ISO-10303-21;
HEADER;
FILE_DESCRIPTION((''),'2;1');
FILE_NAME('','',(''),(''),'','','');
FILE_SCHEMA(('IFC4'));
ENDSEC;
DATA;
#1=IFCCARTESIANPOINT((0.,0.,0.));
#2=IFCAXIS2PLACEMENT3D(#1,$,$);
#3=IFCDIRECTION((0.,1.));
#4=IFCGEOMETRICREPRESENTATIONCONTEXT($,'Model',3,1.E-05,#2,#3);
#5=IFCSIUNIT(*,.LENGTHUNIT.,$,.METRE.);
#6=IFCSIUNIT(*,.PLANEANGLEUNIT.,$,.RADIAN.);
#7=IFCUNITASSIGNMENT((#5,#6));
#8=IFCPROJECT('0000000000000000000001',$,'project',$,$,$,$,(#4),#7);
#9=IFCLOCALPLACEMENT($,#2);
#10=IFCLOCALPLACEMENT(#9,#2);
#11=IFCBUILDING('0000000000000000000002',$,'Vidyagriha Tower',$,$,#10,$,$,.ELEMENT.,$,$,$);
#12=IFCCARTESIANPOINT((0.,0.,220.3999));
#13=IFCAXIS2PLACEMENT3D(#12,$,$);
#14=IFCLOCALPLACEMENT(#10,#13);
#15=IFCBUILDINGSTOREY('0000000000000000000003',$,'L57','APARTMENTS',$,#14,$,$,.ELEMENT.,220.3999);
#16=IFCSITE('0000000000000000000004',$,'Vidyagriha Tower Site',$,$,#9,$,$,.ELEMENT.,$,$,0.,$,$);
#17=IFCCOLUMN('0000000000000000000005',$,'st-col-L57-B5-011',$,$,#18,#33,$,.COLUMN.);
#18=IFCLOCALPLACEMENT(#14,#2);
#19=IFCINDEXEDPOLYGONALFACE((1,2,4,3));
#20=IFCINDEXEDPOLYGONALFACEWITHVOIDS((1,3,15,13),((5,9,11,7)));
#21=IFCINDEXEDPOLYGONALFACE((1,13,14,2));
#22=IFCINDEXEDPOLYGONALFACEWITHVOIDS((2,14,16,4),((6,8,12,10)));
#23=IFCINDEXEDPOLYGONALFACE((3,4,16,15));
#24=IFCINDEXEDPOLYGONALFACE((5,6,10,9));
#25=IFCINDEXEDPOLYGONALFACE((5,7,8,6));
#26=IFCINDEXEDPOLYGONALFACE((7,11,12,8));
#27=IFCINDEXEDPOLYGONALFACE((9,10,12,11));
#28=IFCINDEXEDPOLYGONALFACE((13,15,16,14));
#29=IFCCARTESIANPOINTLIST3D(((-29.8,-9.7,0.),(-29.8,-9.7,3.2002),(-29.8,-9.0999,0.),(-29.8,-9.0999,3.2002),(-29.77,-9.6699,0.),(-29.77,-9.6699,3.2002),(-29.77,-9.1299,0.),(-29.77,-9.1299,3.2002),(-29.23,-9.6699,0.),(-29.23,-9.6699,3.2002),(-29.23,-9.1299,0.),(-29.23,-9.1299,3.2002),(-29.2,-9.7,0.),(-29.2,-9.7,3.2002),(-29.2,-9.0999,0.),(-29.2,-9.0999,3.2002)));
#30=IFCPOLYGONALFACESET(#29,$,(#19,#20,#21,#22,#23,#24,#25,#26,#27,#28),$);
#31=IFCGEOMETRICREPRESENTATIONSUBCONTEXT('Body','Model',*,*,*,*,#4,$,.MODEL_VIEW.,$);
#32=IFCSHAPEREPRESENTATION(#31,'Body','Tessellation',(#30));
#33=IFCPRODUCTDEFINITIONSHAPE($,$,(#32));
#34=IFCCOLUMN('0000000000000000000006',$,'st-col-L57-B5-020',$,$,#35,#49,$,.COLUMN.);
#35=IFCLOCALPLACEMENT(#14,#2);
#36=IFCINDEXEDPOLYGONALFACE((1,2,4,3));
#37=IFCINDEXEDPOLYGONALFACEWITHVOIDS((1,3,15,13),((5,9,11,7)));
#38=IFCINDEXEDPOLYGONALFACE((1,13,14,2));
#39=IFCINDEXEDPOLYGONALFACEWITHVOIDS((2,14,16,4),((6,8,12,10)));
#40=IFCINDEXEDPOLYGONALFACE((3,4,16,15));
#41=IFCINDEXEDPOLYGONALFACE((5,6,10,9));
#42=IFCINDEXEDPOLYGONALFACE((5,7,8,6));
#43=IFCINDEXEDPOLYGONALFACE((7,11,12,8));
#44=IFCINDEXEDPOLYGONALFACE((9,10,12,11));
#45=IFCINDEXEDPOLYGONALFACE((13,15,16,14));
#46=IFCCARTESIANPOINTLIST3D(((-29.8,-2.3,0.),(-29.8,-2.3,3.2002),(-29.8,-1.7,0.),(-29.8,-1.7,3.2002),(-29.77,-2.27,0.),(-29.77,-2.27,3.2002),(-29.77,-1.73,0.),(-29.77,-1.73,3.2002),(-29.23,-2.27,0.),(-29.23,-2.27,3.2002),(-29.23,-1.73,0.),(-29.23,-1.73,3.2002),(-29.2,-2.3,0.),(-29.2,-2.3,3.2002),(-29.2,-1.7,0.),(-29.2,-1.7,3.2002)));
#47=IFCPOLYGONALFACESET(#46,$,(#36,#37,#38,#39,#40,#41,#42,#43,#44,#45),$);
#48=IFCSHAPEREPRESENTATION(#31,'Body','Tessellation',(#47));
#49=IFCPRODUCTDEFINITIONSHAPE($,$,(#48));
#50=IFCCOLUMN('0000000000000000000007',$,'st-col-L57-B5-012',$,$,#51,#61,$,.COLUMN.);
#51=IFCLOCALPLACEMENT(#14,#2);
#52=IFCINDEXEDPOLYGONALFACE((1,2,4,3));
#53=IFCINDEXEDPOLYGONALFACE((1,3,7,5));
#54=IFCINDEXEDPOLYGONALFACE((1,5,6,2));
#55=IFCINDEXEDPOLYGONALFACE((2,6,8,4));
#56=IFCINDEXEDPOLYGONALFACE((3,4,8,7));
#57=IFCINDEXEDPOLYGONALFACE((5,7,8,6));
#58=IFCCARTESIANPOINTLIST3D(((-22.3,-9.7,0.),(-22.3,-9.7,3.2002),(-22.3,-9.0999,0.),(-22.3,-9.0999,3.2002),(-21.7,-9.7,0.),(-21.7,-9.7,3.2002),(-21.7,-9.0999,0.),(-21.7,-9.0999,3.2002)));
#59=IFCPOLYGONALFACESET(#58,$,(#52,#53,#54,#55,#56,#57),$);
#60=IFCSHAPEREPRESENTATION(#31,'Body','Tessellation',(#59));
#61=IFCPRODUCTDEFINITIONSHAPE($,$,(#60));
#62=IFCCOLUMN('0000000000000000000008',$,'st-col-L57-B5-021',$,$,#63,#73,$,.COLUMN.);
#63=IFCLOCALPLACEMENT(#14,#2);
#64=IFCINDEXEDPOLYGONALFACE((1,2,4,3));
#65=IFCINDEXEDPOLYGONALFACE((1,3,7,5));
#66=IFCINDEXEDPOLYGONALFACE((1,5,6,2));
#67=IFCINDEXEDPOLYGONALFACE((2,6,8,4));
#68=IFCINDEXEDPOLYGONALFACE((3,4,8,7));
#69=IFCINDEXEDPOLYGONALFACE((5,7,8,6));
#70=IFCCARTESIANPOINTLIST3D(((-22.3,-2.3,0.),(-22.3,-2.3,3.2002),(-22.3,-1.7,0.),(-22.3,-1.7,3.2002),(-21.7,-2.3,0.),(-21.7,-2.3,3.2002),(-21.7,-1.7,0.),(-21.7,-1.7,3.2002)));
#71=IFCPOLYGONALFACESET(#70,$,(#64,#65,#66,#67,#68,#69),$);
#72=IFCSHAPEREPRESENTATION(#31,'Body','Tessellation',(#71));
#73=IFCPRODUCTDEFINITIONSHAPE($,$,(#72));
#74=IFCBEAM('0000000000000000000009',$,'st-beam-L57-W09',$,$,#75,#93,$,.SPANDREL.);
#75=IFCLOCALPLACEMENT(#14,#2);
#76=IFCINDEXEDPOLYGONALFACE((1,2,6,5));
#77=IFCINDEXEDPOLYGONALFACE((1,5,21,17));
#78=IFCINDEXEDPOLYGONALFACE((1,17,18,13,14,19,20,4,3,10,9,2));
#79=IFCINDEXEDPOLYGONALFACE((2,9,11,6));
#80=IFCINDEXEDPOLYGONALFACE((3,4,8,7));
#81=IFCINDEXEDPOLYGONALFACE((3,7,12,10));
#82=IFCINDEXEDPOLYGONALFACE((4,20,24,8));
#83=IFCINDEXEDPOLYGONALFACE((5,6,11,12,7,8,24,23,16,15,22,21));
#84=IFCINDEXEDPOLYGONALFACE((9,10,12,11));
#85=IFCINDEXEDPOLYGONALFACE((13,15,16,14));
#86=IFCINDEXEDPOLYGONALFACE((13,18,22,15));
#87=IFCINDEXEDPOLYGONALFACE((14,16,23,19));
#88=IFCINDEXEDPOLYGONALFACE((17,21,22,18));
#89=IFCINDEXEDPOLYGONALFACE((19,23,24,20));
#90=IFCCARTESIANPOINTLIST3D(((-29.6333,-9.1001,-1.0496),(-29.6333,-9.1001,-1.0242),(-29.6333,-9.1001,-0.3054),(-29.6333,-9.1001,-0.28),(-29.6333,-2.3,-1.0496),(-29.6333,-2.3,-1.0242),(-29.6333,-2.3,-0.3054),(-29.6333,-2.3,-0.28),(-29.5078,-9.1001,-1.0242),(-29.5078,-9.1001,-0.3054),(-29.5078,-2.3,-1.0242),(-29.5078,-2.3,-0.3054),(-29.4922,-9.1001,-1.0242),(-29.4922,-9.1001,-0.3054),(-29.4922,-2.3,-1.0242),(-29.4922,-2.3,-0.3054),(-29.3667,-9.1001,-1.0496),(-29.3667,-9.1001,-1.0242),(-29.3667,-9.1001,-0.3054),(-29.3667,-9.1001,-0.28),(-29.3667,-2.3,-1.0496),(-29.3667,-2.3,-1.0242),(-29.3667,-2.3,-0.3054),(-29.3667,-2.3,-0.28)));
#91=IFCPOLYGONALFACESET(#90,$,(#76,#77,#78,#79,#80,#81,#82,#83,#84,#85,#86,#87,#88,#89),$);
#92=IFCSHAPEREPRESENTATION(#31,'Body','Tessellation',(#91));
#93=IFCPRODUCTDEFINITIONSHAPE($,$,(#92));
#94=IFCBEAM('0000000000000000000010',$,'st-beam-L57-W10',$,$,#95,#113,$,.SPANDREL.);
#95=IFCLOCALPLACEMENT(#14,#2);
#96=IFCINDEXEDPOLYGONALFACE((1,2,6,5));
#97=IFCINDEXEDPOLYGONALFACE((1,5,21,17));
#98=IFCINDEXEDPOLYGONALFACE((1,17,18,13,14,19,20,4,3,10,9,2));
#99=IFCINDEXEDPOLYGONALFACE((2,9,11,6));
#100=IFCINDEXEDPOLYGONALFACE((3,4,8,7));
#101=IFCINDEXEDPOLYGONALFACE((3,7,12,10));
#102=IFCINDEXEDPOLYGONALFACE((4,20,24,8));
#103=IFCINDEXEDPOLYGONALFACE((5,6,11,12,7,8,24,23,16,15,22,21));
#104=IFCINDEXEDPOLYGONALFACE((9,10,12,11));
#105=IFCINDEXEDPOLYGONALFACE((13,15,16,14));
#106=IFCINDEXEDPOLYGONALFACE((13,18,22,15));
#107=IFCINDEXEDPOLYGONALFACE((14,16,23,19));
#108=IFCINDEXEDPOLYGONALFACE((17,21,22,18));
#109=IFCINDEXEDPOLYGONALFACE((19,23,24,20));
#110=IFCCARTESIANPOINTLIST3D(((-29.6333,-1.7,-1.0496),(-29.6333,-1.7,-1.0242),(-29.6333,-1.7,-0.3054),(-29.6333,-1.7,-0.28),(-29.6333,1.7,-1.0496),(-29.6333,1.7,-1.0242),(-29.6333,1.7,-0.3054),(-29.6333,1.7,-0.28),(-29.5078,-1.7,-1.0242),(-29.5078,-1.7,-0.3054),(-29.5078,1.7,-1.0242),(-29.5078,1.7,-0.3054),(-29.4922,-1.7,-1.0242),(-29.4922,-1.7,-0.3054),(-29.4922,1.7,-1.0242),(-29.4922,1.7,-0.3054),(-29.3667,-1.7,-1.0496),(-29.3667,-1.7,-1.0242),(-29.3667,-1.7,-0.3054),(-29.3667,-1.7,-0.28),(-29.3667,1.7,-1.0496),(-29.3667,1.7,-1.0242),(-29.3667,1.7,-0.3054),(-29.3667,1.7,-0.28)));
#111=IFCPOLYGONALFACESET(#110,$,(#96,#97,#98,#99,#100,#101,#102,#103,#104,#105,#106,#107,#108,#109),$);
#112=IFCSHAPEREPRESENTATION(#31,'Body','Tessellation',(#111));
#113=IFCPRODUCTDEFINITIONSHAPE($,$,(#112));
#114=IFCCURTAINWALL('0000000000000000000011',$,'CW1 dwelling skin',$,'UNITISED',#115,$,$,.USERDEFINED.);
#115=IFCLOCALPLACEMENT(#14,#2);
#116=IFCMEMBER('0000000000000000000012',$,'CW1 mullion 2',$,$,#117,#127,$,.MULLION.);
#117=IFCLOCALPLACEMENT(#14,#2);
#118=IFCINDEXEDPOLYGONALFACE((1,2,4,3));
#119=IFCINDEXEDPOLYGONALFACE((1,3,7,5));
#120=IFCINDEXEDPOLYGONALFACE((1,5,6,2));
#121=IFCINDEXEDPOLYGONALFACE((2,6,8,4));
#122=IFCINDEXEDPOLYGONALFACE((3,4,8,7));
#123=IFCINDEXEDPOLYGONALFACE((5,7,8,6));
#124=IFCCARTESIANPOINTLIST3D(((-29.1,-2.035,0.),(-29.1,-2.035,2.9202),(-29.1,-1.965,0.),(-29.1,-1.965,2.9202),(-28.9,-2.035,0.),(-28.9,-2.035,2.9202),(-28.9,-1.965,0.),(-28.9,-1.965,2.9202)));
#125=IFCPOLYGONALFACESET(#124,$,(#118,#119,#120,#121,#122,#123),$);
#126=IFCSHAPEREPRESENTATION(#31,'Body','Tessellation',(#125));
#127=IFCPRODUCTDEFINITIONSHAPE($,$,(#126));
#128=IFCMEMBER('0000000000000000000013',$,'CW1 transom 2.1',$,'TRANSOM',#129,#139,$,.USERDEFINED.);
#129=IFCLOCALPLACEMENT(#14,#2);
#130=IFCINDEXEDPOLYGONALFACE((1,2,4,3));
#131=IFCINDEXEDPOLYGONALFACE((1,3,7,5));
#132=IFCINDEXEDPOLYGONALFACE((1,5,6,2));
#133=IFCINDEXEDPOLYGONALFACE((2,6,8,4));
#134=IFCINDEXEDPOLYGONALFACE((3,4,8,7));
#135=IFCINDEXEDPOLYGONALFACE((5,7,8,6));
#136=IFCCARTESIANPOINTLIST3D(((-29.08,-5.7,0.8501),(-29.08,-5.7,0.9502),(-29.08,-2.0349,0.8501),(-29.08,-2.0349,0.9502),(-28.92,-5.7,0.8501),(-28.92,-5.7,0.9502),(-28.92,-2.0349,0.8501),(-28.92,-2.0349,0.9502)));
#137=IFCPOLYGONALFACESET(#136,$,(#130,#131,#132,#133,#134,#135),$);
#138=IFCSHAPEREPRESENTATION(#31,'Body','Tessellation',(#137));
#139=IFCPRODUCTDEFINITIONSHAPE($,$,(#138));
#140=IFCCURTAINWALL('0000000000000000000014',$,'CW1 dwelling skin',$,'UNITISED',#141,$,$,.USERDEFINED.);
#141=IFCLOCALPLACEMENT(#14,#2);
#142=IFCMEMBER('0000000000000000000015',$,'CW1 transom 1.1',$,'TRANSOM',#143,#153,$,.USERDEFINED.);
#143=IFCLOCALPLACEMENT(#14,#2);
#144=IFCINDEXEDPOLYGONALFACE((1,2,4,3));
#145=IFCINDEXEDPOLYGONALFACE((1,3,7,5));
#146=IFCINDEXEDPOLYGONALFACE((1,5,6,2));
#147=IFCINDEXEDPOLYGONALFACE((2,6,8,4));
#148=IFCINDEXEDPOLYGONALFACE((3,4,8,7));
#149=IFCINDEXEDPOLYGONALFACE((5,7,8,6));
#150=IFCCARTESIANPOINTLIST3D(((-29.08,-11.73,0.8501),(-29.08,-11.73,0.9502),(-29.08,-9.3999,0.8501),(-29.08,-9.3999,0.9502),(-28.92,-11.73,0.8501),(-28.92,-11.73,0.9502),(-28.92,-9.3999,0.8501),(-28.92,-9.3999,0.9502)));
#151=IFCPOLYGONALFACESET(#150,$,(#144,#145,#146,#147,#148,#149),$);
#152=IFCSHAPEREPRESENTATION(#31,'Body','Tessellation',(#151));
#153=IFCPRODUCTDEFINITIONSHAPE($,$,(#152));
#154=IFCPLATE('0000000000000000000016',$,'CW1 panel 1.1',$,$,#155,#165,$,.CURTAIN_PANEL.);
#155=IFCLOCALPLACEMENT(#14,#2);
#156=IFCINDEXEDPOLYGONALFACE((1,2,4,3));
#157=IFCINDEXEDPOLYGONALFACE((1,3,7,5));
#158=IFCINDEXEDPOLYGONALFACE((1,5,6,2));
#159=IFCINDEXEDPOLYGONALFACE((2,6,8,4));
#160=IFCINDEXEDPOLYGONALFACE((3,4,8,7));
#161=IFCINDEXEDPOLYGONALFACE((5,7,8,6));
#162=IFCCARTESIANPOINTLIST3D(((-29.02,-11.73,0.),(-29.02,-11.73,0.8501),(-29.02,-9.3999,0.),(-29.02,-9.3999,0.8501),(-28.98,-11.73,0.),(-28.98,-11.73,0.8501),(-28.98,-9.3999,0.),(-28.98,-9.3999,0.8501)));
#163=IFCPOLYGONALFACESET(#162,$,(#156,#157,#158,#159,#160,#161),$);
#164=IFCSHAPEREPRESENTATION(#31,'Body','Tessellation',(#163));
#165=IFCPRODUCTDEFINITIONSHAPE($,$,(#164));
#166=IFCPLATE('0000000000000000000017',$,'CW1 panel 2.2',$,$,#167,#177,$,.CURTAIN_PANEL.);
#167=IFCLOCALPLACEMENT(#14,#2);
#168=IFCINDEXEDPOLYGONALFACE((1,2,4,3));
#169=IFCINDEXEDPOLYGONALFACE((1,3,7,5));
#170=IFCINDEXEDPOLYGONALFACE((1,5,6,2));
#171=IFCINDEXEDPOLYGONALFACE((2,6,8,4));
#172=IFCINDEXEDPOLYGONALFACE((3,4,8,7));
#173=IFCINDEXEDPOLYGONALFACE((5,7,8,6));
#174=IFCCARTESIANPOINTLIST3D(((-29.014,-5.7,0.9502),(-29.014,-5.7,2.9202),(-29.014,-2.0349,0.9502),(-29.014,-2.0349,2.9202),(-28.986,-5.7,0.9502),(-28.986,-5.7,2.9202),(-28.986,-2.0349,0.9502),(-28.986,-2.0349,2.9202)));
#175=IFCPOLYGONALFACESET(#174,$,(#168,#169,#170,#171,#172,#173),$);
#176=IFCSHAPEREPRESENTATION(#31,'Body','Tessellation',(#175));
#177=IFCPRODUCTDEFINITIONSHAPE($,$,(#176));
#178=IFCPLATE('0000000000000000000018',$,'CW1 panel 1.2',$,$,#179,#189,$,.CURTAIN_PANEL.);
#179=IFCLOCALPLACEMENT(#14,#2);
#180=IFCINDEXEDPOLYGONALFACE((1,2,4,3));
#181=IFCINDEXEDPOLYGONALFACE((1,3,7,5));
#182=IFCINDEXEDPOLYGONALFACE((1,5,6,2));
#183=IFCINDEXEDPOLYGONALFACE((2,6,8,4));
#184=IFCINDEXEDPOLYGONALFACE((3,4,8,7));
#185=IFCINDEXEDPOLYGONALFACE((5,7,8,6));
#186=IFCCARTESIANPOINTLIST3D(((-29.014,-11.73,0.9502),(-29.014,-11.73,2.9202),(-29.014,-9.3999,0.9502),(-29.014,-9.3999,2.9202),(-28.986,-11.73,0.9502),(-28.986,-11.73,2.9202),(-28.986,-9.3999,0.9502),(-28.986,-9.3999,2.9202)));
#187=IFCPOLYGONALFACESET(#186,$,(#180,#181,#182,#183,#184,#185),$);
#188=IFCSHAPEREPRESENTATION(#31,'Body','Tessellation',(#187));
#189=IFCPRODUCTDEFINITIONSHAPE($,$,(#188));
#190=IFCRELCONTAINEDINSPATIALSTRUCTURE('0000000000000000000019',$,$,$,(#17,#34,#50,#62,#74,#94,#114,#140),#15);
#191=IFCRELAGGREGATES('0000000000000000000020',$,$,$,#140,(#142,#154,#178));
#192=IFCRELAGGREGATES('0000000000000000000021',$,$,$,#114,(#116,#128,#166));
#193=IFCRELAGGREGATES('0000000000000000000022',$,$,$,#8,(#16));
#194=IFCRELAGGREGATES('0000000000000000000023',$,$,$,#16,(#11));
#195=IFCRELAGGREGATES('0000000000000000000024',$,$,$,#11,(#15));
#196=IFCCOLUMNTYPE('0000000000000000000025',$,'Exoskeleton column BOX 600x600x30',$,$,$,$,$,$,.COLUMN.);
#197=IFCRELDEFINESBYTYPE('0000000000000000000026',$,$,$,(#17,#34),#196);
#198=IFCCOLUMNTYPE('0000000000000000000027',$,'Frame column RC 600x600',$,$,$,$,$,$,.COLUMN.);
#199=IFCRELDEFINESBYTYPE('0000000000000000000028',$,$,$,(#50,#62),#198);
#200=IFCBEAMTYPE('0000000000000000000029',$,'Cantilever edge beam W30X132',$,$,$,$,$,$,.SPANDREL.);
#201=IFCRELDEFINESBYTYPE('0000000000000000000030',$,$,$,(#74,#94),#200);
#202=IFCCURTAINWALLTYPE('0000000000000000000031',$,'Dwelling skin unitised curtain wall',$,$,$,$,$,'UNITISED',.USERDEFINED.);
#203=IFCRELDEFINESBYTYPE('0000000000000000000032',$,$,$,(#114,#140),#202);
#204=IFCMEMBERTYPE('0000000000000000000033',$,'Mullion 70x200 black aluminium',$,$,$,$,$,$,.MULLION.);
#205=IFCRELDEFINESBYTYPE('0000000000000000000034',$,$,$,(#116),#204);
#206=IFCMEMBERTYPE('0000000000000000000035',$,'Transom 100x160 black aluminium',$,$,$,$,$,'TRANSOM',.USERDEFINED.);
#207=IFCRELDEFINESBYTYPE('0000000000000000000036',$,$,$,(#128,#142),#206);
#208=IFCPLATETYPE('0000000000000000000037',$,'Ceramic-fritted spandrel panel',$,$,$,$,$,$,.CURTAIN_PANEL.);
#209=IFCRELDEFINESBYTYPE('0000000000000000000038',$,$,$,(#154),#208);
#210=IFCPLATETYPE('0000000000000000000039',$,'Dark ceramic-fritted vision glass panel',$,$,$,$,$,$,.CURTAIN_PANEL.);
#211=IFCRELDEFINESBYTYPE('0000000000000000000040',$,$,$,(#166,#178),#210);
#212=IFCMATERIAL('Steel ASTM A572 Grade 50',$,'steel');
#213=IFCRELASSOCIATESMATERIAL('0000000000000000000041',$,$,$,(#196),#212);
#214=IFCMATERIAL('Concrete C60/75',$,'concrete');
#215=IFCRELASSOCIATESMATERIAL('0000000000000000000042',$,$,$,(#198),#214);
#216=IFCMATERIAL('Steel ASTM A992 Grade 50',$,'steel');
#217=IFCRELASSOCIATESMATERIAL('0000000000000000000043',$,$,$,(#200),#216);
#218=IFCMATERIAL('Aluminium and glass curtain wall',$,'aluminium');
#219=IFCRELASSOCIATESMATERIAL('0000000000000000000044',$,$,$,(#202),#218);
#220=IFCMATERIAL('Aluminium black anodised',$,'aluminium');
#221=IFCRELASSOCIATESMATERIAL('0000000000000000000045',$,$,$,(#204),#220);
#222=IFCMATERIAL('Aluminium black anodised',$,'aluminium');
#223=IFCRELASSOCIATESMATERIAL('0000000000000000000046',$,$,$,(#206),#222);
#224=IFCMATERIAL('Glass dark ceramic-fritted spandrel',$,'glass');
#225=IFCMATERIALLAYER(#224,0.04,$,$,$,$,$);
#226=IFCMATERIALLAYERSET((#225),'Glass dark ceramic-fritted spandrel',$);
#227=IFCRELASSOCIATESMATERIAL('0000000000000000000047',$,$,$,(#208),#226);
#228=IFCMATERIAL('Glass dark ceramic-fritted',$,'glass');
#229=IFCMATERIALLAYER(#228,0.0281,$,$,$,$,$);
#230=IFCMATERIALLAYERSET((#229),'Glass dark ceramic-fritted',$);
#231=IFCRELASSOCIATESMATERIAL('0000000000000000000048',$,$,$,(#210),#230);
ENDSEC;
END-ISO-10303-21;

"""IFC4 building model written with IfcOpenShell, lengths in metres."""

from ifc_helpers import new_model, si_unit, direction, frame, origin, origin_2d, place, context, subcontext, project, spatial, rectangle, hollow_rectangle, i_section, extrude, material, layer, layer_set, material_profile, profile_set, type_object, element, aggregate, save


model = new_model("IFC4")

# Units and contexts
model_context = context("Model", 3, precision=1e-05, world=origin(), true_north=direction((0.0, 1.0)))
body_context = subcontext(model_context, "Body", "Model", "MODEL_VIEW")
ifc_project = project(units=[si_unit("LENGTHUNIT", "METRE"), si_unit("PLANEANGLEUNIT", "RADIAN")], contexts=[model_context])

# Site, building, storey
site_placement = place(None, origin())
site = spatial("IfcSite", under=ifc_project, at=site_placement, Name="Vidyagriha Tower Site", CompositionType="ELEMENT", RefElevation=0.0)
building_placement = place(site_placement, origin())
building = spatial("IfcBuilding", under=site, at=building_placement, Name="Vidyagriha Tower", CompositionType="ELEMENT")
storey_placement = place(building_placement, frame((0.0, 0.0, 220.3999)))
storey = spatial("IfcBuildingStorey", under=building, at=storey_placement, Name="L57", Description="APARTMENTS", CompositionType="ELEMENT", Elevation=220.3999)

# Columns
ifc_material_1 = material(Name="Steel ASTM A572 Grade 50", Category="steel")
ifc_material_profile_1 = material_profile(ifc_material_1, hollow_rectangle(XDim=0.6001, YDim=0.6001, WallThickness=0.03, at=origin_2d()), Name="BOX 600x600x30")
ifc_profile_set_1 = profile_set([ifc_material_profile_1], Name="Steel ASTM A572 Grade 50")
column_type_1 = type_object("IfcColumnType", Name="Exoskeleton column BOX 600x600x30", PredefinedType="COLUMN", material=ifc_profile_set_1)
for number, where, name in (
    (1, (-29.5, -9.3999, 0.0), "st-col-L57-B5-011"),
    (2, (-29.5, -2.0, 0.0), "st-col-L57-B5-020"),
):
    element("IfcColumn", number, at=place(storey_placement, frame(where)), inside=storey, type_object=column_type_1, Name=name, PredefinedType="COLUMN", context=body_context, shape_type="SweptSolid", body=[
        extrude(hollow_rectangle(XDim=0.6001, YDim=0.6001, WallThickness=0.03, at=origin_2d()), origin(), (0.0, 0.0, 1.0), 3.2002),
    ])
ifc_material_2 = material(Name="Concrete C60/75", Category="concrete")
ifc_material_profile_2 = material_profile(ifc_material_2, rectangle(XDim=0.6001, YDim=0.6001, at=origin_2d()), Name="RC 600x600")
ifc_profile_set_2 = profile_set([ifc_material_profile_2], Name="Concrete C60/75")
column_type_2 = type_object("IfcColumnType", Name="Frame column RC 600x600", PredefinedType="COLUMN", material=ifc_profile_set_2)
for number, where, name in (
    (3, (-22.0, -9.3999, 0.0), "st-col-L57-B5-012"),
    (4, (-22.0, -2.0, 0.0), "st-col-L57-B5-021"),
):
    element("IfcColumn", number, at=place(storey_placement, frame(where)), inside=storey, type_object=column_type_2, Name=name, PredefinedType="COLUMN", context=body_context, shape_type="SweptSolid", body=[
        extrude(rectangle(XDim=0.6001, YDim=0.6001, at=origin_2d()), origin(), (0.0, 0.0, 1.0), 3.2002),
    ])

# Beams
ifc_material_3 = material(Name="Steel ASTM A992 Grade 50", Category="steel")
ifc_material_profile_3 = material_profile(ifc_material_3, i_section(OverallWidth=0.2666, OverallDepth=0.7695, WebThickness=0.0156, FlangeThickness=0.0254, at=origin_2d()), Name="W30X132")
ifc_profile_set_3 = profile_set([ifc_material_profile_3], Name="Steel ASTM A992 Grade 50")
beam_type = type_object("IfcBeamType", Name="Cantilever edge beam W30X132", PredefinedType="SPANDREL", material=ifc_profile_set_3)
beam_1_placement = place(storey_placement, frame((-29.5, -9.1001, -0.6648), z_axis=(0.0, 1.0, 0.0), x_axis=(-1.0, 0.0, 0.0)))
element("IfcBeam", 5, at=beam_1_placement, inside=storey, type_object=beam_type, Name="st-beam-L57-W09", PredefinedType="SPANDREL", context=body_context, shape_type="SweptSolid", body=[
    extrude(i_section(OverallWidth=0.2666, OverallDepth=0.7695, WebThickness=0.0156, FlangeThickness=0.0254, at=origin_2d()), origin(), (0.0, 0.0, 1.0), 6.8),
])
beam_2_placement = place(storey_placement, frame((-29.5, -1.7, -0.6648), z_axis=(0.0, 1.0, 0.0), x_axis=(-1.0, 0.0, 0.0)))
element("IfcBeam", 6, at=beam_2_placement, inside=storey, type_object=beam_type, Name="st-beam-L57-W10", PredefinedType="SPANDREL", context=body_context, shape_type="SweptSolid", body=[
    extrude(i_section(OverallWidth=0.2666, OverallDepth=0.7695, WebThickness=0.0156, FlangeThickness=0.0254, at=origin_2d()), origin(), (0.0, 0.0, 1.0), 3.3999),
])

# Curtain wall, members
ifc_material_4 = material(Name="Aluminium and glass curtain wall", Category="aluminium")
curtain_wall_type = type_object("IfcCurtainWallType", Name="Dwelling skin unitised curtain wall", ElementType="UNITISED", PredefinedType="USERDEFINED", material=ifc_material_4)
curtain_wall_1_placement = place(storey_placement, origin())
curtain_wall_1 = element("IfcCurtainWall", 7, at=curtain_wall_1_placement, inside=storey, type_object=curtain_wall_type, Name="CW1 dwelling skin", ObjectType="UNITISED", PredefinedType="USERDEFINED")
ifc_material_5 = material(Name="Aluminium black anodised", Category="aluminium")
ifc_material_profile_4 = material_profile(ifc_material_5, rectangle(XDim=0.2, YDim=0.0701, at=origin_2d()), Name="Mullion 70x200 black aluminium")
ifc_profile_set_4 = profile_set([ifc_material_profile_4], Name="Aluminium black anodised")
member_type_1 = type_object("IfcMemberType", Name="Mullion 70x200 black aluminium", PredefinedType="MULLION", material=ifc_profile_set_4)
member_1_placement = place(storey_placement, frame((-29.0, -2.0, 0.0)))
member_1 = element("IfcMember", 8, at=member_1_placement, type_object=member_type_1, Name="CW1 mullion 2", PredefinedType="MULLION", context=body_context, shape_type="SweptSolid", body=[
    extrude(rectangle(XDim=0.2, YDim=0.0701, at=origin_2d()), origin(), (0.0, 0.0, 1.0), 2.9202),
])
ifc_material_6 = material(Name="Aluminium black anodised", Category="aluminium")
ifc_material_profile_5 = material_profile(ifc_material_6, rectangle(XDim=0.1599, YDim=0.1001, at=origin_2d()), Name="Transom 100x160 black aluminium")
ifc_profile_set_5 = profile_set([ifc_material_profile_5], Name="Aluminium black anodised")
member_type_2 = type_object("IfcMemberType", Name="Transom 100x160 black aluminium", ElementType="TRANSOM", PredefinedType="USERDEFINED", material=ifc_profile_set_5)
member_2_placement = place(storey_placement, frame((-29.0, -2.0349, 0.9001), z_axis=(0.0, -1.0, 0.0), x_axis=(1.0, 0.0, 0.0)))
member_2 = element("IfcMember", 9, at=member_2_placement, type_object=member_type_2, Name="CW1 transom 2.1", ObjectType="TRANSOM", PredefinedType="USERDEFINED", context=body_context, shape_type="SweptSolid", body=[
    extrude(rectangle(XDim=0.1599, YDim=0.1001, at=origin_2d()), origin(), (0.0, 0.0, 1.0), 3.665),
])

# Curtain wall, member, plate
curtain_wall_2_placement = place(storey_placement, origin())
curtain_wall_2 = element("IfcCurtainWall", 10, at=curtain_wall_2_placement, inside=storey, type_object=curtain_wall_type, Name="CW1 dwelling skin", ObjectType="UNITISED", PredefinedType="USERDEFINED")
member_3_placement = place(storey_placement, frame((-29.0, -9.3999, 0.9001), z_axis=(0.0, -1.0, 0.0), x_axis=(1.0, 0.0, 0.0)))
member_3 = element("IfcMember", 11, at=member_3_placement, type_object=member_type_2, Name="CW1 transom 1.1", ObjectType="TRANSOM", PredefinedType="USERDEFINED", context=body_context, shape_type="SweptSolid", body=[
    extrude(rectangle(XDim=0.1599, YDim=0.1001, at=origin_2d()), origin(), (0.0, 0.0, 1.0), 2.3301),
])
ifc_material_7 = material(Name="Glass dark ceramic-fritted spandrel", Category="glass")
ifc_layer_1 = layer(ifc_material_7, 0.04)
ifc_layer_set_1 = layer_set([ifc_layer_1], Name="Glass dark ceramic-fritted spandrel")
plate_type_1 = type_object("IfcPlateType", Name="Ceramic-fritted spandrel panel", PredefinedType="CURTAIN_PANEL", material=ifc_layer_set_1)
plate_1_placement = place(storey_placement, frame((-29.0, -10.5649, 0.0), z_axis=(0.0, 0.0, 1.0), x_axis=(0.0, -1.0, 0.0)))
plate_1 = element("IfcPlate", 12, at=plate_1_placement, type_object=plate_type_1, Name="CW1 panel 1.1", PredefinedType="CURTAIN_PANEL", context=body_context, shape_type="SweptSolid", body=[
    extrude(rectangle(XDim=2.3301, YDim=0.04, at=origin_2d()), origin(), (0.0, 0.0, 1.0), 0.8501),
])

# Plates
ifc_material_8 = material(Name="Glass dark ceramic-fritted", Category="glass")
ifc_layer_2 = layer(ifc_material_8, 0.0281)
ifc_layer_set_2 = layer_set([ifc_layer_2], Name="Glass dark ceramic-fritted")
plate_type_2 = type_object("IfcPlateType", Name="Dark ceramic-fritted vision glass panel", PredefinedType="CURTAIN_PANEL", material=ifc_layer_set_2)
plate_2_placement = place(storey_placement, frame((-29.0, -3.8674, 0.9502), z_axis=(0.0, 0.0, 1.0), x_axis=(0.0, -1.0, 0.0)))
plate_2 = element("IfcPlate", 13, at=plate_2_placement, type_object=plate_type_2, Name="CW1 panel 2.2", PredefinedType="CURTAIN_PANEL", context=body_context, shape_type="SweptSolid", body=[
    extrude(rectangle(XDim=3.665, YDim=0.0281, at=origin_2d()), origin(), (0.0, 0.0, 1.0), 1.97),
])
plate_3_placement = place(storey_placement, frame((-29.0, -10.5649, 0.9502), z_axis=(0.0, 0.0, 1.0), x_axis=(0.0, -1.0, 0.0)))
plate_3 = element("IfcPlate", 14, at=plate_3_placement, type_object=plate_type_2, Name="CW1 panel 1.2", PredefinedType="CURTAIN_PANEL", context=body_context, shape_type="SweptSolid", body=[
    extrude(rectangle(XDim=2.3301, YDim=0.0281, at=origin_2d()), origin(), (0.0, 0.0, 1.0), 1.97),
])
aggregate(curtain_wall_2, [member_3, plate_1, plate_3])
aggregate(curtain_wall_1, [member_1, member_2, plate_2])

save(model, "model.ifc")
